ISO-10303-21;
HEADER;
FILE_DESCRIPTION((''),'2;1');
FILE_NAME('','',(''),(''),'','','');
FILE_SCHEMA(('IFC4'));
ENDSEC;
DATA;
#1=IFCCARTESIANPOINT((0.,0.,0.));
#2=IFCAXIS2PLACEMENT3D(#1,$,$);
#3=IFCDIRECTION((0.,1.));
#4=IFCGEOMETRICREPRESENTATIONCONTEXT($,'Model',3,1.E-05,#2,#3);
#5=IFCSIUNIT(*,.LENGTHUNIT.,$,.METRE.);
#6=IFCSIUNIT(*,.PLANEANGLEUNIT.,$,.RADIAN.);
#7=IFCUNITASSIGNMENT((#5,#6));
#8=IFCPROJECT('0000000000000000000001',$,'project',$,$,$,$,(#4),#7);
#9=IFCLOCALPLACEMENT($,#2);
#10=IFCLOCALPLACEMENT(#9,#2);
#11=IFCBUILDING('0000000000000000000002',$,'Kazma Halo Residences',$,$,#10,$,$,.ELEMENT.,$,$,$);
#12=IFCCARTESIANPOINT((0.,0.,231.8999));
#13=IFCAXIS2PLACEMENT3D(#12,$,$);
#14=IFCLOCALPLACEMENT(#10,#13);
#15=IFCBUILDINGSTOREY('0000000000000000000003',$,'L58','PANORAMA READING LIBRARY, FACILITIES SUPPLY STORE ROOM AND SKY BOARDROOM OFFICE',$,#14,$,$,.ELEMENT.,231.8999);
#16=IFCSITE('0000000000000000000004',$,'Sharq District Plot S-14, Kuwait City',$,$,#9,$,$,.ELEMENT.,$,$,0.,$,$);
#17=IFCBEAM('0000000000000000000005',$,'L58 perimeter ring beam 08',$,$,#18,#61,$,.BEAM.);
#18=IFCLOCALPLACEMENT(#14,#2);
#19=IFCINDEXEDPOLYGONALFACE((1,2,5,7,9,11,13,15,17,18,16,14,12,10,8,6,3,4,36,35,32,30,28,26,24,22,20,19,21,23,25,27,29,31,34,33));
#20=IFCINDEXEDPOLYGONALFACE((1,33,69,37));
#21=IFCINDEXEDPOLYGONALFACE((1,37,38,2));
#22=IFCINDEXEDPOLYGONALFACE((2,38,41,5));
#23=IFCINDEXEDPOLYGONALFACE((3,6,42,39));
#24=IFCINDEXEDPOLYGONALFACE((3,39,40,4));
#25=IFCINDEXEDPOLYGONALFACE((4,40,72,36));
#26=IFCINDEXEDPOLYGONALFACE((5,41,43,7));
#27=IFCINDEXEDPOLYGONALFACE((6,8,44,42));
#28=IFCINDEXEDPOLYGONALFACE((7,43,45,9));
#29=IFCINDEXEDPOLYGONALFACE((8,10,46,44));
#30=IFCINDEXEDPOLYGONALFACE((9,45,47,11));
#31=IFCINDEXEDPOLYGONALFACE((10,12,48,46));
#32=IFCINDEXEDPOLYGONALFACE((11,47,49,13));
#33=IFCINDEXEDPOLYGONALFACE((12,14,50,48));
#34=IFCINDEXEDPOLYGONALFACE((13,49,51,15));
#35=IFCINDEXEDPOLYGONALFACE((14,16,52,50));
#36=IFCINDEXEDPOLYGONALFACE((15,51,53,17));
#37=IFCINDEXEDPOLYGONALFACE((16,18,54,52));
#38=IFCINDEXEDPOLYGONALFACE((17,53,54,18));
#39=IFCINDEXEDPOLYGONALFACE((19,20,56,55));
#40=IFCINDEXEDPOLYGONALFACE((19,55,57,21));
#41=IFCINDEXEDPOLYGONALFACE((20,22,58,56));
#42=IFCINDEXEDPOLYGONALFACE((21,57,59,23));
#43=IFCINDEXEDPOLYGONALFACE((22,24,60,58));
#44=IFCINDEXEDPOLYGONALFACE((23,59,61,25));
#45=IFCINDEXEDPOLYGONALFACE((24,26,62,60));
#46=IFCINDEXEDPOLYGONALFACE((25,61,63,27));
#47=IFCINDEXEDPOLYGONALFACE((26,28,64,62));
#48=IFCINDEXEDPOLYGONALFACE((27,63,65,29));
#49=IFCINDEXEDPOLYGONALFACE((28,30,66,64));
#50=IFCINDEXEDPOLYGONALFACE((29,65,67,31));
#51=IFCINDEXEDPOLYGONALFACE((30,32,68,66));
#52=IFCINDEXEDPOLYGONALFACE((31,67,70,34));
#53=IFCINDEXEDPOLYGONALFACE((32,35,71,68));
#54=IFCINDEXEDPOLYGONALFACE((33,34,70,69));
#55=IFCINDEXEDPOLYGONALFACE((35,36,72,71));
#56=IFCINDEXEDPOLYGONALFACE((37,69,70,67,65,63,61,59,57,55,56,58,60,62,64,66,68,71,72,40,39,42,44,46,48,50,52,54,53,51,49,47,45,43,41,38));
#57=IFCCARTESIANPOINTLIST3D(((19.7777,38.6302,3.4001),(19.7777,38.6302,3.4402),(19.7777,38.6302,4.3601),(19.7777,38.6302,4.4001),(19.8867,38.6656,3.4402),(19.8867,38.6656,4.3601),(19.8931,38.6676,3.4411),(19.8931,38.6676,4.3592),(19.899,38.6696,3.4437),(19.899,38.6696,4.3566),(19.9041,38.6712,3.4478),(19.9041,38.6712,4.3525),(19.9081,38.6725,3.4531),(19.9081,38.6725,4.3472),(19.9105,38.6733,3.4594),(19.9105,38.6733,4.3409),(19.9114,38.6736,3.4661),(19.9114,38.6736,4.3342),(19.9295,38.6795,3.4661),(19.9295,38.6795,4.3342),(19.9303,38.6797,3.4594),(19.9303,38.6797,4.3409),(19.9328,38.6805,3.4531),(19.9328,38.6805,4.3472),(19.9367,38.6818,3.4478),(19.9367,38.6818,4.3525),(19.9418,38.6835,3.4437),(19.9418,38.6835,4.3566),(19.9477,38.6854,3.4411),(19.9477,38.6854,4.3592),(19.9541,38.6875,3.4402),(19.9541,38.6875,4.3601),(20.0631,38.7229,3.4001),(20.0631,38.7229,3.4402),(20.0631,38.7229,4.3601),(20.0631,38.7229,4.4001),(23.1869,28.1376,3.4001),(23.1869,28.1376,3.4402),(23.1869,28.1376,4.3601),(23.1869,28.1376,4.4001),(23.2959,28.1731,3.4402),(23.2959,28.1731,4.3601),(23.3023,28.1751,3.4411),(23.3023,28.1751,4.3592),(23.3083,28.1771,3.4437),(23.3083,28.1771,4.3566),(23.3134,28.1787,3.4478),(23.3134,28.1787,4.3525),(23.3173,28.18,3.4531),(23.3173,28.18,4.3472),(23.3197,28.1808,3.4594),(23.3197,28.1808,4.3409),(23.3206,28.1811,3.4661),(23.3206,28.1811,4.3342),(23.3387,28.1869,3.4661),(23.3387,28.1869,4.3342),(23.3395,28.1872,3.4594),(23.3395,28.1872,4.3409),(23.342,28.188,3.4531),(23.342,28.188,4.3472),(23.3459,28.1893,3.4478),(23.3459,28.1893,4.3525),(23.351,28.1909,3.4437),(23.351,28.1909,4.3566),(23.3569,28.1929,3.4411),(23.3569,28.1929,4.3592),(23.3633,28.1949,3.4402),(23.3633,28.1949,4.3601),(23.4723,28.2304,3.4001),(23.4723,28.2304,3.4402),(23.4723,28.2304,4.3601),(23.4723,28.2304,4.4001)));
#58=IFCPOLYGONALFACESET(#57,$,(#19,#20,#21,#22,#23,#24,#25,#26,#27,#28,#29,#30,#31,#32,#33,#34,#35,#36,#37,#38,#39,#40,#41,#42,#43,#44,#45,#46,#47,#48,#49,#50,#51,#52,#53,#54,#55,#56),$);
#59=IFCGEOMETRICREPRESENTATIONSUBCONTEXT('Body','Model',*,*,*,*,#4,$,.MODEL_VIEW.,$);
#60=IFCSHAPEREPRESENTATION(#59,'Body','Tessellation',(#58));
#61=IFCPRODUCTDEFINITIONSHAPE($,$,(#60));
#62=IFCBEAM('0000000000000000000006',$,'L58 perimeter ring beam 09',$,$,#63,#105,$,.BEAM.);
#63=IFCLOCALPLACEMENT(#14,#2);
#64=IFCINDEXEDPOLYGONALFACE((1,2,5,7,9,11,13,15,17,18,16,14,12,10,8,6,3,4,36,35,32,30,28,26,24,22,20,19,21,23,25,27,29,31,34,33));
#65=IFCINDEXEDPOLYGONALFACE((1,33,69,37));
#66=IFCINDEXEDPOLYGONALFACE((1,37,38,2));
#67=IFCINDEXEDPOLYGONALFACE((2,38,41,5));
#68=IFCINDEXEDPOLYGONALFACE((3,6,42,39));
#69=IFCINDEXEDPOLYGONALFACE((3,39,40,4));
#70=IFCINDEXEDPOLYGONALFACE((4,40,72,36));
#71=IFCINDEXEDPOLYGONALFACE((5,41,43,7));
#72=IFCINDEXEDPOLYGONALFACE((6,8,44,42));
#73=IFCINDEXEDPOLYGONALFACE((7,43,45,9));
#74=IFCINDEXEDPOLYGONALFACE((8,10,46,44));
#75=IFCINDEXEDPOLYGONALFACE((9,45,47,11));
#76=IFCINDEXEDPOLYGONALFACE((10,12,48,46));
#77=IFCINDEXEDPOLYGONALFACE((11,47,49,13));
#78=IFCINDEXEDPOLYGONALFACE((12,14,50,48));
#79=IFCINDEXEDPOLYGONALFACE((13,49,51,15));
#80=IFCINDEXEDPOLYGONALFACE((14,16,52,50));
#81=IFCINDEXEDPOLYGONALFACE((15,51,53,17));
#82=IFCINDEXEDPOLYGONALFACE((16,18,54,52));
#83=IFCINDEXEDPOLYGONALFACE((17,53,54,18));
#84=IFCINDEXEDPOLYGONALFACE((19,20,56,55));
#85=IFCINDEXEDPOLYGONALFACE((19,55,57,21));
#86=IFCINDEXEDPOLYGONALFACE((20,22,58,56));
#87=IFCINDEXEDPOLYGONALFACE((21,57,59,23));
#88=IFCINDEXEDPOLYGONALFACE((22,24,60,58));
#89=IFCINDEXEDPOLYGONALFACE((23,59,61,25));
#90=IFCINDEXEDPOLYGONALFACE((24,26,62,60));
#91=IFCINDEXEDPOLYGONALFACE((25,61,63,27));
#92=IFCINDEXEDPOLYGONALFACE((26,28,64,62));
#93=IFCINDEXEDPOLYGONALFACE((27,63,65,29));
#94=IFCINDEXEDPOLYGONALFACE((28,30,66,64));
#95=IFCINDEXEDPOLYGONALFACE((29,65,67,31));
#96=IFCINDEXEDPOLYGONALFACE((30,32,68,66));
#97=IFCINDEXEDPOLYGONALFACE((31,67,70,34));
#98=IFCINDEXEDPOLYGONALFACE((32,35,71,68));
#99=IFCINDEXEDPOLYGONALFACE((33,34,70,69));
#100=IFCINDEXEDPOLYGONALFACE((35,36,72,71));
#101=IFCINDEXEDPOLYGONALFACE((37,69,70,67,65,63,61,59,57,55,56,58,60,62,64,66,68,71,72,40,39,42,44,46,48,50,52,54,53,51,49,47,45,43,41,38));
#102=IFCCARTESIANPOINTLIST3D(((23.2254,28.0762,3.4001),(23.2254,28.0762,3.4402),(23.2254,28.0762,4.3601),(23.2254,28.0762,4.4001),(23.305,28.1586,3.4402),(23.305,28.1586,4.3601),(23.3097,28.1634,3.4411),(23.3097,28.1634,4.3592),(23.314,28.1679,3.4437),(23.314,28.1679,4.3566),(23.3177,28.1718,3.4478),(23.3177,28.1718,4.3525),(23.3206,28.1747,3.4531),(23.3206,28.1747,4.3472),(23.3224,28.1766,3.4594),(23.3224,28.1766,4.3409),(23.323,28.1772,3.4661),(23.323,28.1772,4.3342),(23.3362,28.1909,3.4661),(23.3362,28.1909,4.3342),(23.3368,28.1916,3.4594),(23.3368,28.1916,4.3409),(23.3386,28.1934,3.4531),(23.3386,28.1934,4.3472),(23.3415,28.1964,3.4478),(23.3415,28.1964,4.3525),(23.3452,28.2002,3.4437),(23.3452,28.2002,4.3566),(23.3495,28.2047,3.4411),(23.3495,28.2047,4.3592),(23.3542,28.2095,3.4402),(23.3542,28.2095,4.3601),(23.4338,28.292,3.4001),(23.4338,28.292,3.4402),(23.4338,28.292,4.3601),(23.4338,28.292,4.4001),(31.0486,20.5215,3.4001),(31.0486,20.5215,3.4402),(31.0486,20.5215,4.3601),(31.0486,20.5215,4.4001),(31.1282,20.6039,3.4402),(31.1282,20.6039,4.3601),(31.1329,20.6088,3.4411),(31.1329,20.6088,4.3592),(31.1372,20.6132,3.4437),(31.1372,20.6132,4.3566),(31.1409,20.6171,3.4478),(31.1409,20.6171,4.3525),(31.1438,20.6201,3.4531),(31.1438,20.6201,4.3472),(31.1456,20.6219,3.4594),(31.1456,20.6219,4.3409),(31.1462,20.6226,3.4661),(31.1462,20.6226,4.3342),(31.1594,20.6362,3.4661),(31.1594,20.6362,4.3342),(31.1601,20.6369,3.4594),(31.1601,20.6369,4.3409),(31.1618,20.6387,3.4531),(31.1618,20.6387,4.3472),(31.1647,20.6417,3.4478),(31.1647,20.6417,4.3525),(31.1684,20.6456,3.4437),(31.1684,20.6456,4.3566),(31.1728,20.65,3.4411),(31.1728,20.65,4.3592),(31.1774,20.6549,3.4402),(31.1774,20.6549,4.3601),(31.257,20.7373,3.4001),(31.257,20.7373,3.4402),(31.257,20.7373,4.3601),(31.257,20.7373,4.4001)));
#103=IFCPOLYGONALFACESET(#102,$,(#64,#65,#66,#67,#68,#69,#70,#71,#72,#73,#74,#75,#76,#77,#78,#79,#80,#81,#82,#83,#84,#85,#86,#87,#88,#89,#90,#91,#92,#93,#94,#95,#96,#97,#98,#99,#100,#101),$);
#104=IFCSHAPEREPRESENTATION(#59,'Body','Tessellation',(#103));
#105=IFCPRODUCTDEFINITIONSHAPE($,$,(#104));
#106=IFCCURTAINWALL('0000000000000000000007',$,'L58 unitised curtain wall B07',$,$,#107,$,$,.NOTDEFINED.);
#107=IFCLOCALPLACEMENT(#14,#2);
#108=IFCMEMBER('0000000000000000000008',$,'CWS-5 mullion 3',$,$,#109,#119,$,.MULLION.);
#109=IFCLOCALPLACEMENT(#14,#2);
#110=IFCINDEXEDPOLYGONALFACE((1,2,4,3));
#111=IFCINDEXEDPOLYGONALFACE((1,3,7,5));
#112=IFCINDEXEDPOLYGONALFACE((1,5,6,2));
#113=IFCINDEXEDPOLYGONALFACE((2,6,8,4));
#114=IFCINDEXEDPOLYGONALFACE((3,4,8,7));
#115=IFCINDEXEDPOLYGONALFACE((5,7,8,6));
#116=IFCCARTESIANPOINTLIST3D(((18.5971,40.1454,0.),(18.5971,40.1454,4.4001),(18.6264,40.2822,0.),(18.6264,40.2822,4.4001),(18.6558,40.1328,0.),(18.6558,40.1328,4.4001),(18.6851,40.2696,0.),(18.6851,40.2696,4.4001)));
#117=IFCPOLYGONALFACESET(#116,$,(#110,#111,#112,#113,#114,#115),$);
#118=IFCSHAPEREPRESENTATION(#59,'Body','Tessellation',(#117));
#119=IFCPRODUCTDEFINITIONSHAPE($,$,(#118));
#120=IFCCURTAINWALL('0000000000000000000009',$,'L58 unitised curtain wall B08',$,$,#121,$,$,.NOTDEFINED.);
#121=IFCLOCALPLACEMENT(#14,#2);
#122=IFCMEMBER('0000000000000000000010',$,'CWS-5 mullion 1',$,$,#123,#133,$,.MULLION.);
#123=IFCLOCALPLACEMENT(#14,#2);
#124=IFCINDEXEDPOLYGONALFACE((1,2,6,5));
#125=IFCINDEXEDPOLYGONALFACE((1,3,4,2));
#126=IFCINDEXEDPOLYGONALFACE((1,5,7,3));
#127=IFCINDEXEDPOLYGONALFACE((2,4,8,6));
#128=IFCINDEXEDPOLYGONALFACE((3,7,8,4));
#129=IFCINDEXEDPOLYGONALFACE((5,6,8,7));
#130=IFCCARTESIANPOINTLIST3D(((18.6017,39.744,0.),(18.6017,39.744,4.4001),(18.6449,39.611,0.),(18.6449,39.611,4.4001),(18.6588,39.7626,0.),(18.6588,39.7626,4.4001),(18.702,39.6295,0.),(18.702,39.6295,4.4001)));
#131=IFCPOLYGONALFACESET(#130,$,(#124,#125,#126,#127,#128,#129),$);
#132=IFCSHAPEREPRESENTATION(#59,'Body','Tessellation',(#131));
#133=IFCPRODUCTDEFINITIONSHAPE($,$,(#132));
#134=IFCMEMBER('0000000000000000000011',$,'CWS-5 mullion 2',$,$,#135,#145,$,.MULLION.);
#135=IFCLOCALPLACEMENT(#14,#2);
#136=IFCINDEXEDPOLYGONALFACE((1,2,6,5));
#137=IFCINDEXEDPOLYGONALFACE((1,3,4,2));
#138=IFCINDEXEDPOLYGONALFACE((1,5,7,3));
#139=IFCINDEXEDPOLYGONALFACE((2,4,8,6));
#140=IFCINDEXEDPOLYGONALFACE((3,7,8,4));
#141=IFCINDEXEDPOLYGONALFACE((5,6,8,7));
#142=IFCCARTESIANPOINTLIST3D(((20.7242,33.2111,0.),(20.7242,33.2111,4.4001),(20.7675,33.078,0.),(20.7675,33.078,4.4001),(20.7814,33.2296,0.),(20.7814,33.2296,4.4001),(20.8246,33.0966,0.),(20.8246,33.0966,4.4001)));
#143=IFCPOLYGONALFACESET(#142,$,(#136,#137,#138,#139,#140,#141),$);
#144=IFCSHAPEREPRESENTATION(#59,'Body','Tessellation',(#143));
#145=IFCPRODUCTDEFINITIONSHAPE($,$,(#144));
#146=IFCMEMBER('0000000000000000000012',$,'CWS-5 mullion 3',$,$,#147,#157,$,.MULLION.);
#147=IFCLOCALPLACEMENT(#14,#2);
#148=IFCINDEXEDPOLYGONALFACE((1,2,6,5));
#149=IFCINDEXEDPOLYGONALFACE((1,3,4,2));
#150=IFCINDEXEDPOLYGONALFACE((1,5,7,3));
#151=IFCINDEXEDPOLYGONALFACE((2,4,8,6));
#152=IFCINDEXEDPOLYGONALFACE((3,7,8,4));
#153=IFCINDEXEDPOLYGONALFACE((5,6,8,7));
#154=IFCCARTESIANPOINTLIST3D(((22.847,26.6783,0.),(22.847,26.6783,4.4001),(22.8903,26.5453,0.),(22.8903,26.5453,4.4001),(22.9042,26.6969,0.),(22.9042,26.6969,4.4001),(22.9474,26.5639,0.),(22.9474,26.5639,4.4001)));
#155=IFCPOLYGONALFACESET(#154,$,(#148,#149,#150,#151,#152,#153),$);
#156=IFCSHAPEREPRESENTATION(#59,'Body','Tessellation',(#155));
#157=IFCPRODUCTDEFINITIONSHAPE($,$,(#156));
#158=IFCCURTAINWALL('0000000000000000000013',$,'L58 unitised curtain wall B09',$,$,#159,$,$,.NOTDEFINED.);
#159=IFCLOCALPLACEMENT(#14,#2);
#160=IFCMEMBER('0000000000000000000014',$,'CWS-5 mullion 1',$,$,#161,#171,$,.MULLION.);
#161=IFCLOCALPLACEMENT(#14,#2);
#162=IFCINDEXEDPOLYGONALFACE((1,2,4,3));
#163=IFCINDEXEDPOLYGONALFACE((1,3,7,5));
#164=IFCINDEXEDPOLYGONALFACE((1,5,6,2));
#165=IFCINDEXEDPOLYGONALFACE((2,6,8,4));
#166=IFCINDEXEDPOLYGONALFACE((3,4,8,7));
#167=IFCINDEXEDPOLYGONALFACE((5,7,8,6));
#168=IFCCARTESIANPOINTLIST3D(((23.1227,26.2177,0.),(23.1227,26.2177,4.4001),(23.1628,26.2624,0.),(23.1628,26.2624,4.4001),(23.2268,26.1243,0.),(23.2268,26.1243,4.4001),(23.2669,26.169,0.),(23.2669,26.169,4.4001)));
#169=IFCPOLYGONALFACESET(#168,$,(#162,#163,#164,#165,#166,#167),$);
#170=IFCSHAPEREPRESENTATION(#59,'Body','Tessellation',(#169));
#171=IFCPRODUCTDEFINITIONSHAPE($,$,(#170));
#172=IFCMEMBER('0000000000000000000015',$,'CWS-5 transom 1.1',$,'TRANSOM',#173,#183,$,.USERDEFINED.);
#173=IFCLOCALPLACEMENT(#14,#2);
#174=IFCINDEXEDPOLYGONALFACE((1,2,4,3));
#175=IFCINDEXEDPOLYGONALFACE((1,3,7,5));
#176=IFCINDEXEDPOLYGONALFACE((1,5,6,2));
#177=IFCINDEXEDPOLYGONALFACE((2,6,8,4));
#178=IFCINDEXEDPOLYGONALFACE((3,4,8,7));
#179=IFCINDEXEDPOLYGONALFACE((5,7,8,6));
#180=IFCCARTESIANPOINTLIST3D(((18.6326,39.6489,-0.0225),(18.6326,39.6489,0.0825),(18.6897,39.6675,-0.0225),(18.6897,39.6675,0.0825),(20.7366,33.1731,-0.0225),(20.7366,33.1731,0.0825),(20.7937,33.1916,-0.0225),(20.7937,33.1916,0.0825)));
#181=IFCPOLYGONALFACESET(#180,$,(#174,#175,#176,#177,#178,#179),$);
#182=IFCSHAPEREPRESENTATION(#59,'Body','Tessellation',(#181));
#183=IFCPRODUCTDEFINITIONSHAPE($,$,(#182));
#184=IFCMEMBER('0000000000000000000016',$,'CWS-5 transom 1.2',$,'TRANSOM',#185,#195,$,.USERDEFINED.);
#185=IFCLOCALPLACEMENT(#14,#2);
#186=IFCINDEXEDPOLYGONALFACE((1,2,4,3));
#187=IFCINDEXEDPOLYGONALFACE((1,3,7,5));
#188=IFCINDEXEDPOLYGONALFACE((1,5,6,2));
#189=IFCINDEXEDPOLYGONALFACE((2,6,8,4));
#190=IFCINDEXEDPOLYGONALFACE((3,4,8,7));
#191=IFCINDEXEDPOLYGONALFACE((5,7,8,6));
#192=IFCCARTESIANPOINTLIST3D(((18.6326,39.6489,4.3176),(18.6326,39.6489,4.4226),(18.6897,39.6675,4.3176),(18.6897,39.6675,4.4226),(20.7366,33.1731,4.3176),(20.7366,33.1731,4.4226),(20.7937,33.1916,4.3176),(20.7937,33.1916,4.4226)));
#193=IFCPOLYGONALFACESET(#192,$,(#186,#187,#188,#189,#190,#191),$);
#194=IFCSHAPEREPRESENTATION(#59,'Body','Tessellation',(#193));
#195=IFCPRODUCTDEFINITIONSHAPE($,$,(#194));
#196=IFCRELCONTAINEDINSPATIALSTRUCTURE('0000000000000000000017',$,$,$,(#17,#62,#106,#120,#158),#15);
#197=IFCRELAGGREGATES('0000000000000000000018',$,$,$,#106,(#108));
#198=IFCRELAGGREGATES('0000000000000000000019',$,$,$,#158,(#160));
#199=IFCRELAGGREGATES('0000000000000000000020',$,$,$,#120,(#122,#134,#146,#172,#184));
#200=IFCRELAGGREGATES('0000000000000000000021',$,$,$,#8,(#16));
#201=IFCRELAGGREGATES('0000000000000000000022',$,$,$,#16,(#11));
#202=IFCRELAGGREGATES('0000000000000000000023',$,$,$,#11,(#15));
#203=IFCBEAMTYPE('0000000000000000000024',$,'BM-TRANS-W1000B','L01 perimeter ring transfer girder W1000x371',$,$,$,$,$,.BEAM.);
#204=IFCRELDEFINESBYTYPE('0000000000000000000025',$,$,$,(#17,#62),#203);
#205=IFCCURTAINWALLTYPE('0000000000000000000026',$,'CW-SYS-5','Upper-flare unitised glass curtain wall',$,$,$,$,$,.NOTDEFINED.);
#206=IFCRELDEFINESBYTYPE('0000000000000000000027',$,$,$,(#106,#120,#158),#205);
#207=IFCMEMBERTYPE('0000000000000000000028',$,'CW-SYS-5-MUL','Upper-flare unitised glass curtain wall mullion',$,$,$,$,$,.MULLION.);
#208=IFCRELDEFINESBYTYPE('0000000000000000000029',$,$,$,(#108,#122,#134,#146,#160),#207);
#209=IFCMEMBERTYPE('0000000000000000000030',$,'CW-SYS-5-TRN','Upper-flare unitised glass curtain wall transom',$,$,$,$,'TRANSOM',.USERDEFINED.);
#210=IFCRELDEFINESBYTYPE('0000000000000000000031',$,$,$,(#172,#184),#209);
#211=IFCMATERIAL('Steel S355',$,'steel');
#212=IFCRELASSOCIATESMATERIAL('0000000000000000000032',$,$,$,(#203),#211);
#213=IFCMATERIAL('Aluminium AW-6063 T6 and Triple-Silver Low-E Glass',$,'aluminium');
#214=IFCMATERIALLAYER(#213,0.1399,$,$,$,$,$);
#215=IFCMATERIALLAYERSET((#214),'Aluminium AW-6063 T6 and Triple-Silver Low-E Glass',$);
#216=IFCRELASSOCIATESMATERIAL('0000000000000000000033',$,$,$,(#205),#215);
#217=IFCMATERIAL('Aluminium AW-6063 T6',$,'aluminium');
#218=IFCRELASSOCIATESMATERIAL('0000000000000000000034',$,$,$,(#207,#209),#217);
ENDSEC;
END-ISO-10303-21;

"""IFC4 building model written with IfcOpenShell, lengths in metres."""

from ifc_helpers import new_model, si_unit, direction, frame, origin, origin_2d, place, context, subcontext, project, spatial, rectangle, i_section, extrude, material, layer, layer_set, material_profile, profile_set, type_object, element, aggregate, save


model = new_model("IFC4")

# Units and contexts
model_context = context("Model", 3, precision=1e-05, world=origin(), true_north=direction((0.0, 1.0)))
body_context = subcontext(model_context, "Body", "Model", "MODEL_VIEW")
ifc_project = project(units=[si_unit("LENGTHUNIT", "METRE"), si_unit("PLANEANGLEUNIT", "RADIAN")], contexts=[model_context])

# Site, building, storey
site_placement = place(None, origin())
site = spatial("IfcSite", under=ifc_project, at=site_placement, Name="Sharq District Plot S-14, Kuwait City", CompositionType="ELEMENT", RefElevation=0.0)
building_placement = place(site_placement, origin())
building = spatial("IfcBuilding", under=site, at=building_placement, Name="Kazma Halo Residences", CompositionType="ELEMENT")
storey_placement = place(building_placement, frame((0.0, 0.0, 231.8999)))
storey = spatial("IfcBuildingStorey", under=building, at=storey_placement, Name="L58", Description="PANORAMA READING LIBRARY, FACILITIES SUPPLY STORE ROOM AND SKY BOARDROOM OFFICE", CompositionType="ELEMENT", Elevation=231.8999)

# Beams
ifc_material_1 = material(Name="Steel S355", Category="steel")
ifc_material_profile_1 = material_profile(ifc_material_1, i_section(OverallWidth=0.3, OverallDepth=1.0, WebThickness=0.019, FlangeThickness=0.04, FilletRadius=0.0259, at=origin_2d()), Name="W1000x371")
ifc_profile_set_1 = profile_set([ifc_material_profile_1], Name="Steel S355")
beam_type_1 = type_object("IfcBeamType", Name="BM-TRANS-W1000B", Description="L01 perimeter ring transfer girder W1000x371", PredefinedType="BEAM", material=ifc_profile_set_1)
beam_1_placement = place(storey_placement, frame((19.9204, 38.6765, 3.9001), z_axis=(0.309016, -0.951057, 0.0), x_axis=(0.951057, 0.309016, 0.0)))
element("IfcBeam", 1, at=beam_1_placement, inside=storey, type_object=beam_type_1, Name="L58 perimeter ring beam 08", PredefinedType="BEAM", context=body_context, shape_type="SweptSolid", body=[
    extrude(i_section(OverallWidth=0.3, OverallDepth=1.0, WebThickness=0.019, FlangeThickness=0.04, FilletRadius=0.0259, at=origin_2d()), origin(), (0.0, 0.0, 1.0), 11.0325),
])
beam_2_placement = place(storey_placement, frame((23.3296, 28.1841, 3.9001), z_axis=(0.719346, -0.694652, 0.0), x_axis=(0.694652, 0.719346, 0.0)))
element("IfcBeam", 2, at=beam_2_placement, inside=storey, type_object=beam_type_1, Name="L58 perimeter ring beam 09", PredefinedType="BEAM", context=body_context, shape_type="SweptSolid", body=[
    extrude(i_section(OverallWidth=0.3, OverallDepth=1.0, WebThickness=0.019, FlangeThickness=0.04, FilletRadius=0.0259, at=origin_2d()), origin(), (0.0, 0.0, 1.0), 10.8755),
])

# Curtain wall, member
ifc_material_2 = material(Name="Aluminium AW-6063 T6 and Triple-Silver Low-E Glass", Category="aluminium")
ifc_layer_1 = layer(ifc_material_2, 0.1399)
ifc_layer_set_1 = layer_set([ifc_layer_1], Name="Aluminium AW-6063 T6 and Triple-Silver Low-E Glass")
curtain_wall_type = type_object("IfcCurtainWallType", Name="CW-SYS-5", Description="Upper-flare unitised glass curtain wall", PredefinedType="NOTDEFINED", material=ifc_layer_set_1)
curtain_wall_1_placement = place(storey_placement, origin())
curtain_wall_1 = element("IfcCurtainWall", 3, at=curtain_wall_1_placement, inside=storey, type_object=curtain_wall_type, Name="L58 unitised curtain wall B07", PredefinedType="NOTDEFINED")
ifc_material_3 = material(Name="Aluminium AW-6063 T6", Category="aluminium")
ifc_material_profile_2 = material_profile(ifc_material_3, rectangle(XDim=0.0601, YDim=0.1399, at=origin_2d()), Name="CWM-60x140")
ifc_profile_set_2 = profile_set([ifc_material_profile_2], Name="Aluminium AW-6063 T6")
member_type_1 = type_object("IfcMemberType", Name="CW-SYS-5-MUL", Description="Upper-flare unitised glass curtain wall mullion", PredefinedType="MULLION", material=ifc_profile_set_2)
member_1_placement = place(storey_placement, frame((18.6411, 40.2075, 0.0), z_axis=(0.0, 0.0, 1.0), x_axis=(0.977773, -0.209668, 0.0)))
member_1 = element("IfcMember", 4, at=member_1_placement, type_object=member_type_1, Name="CWS-5 mullion 3", PredefinedType="MULLION", context=body_context, shape_type="SweptSolid", body=[
    extrude(rectangle(XDim=0.0601, YDim=0.1399, at=origin_2d()), origin(), (0.0, 0.0, 1.0), 4.4001),
])
aggregate(curtain_wall_1, [member_1])

# Curtain wall, members
curtain_wall_2_placement = place(storey_placement, origin())
curtain_wall_2 = element("IfcCurtainWall", 5, at=curtain_wall_2_placement, inside=storey, type_object=curtain_wall_type, Name="L58 unitised curtain wall B08", PredefinedType="NOTDEFINED")
member_2_placement = place(storey_placement, frame((18.6519, 39.6868, 0.0), z_axis=(0.0, 0.0, 1.0), x_axis=(0.951056, 0.30902, 0.0)))
member_2 = element("IfcMember", 6, at=member_2_placement, type_object=member_type_1, Name="CWS-5 mullion 1", PredefinedType="MULLION", context=body_context, shape_type="SweptSolid", body=[
    extrude(rectangle(XDim=0.0601, YDim=0.1399, at=origin_2d()), origin(), (0.0, 0.0, 1.0), 4.4001),
])
member_3_placement = place(storey_placement, frame((20.7744, 33.1538, 0.0), z_axis=(0.0, 0.0, 1.0), x_axis=(0.951056, 0.30902, 0.0)))
member_3 = element("IfcMember", 7, at=member_3_placement, type_object=member_type_1, Name="CWS-5 mullion 2", PredefinedType="MULLION", context=body_context, shape_type="SweptSolid", body=[
    extrude(rectangle(XDim=0.0601, YDim=0.1399, at=origin_2d()), origin(), (0.0, 0.0, 1.0), 4.4001),
])
member_4_placement = place(storey_placement, frame((22.8972, 26.6211, 0.0), z_axis=(0.0, 0.0, 1.0), x_axis=(0.951056, 0.30902, 0.0)))
member_4 = element("IfcMember", 8, at=member_4_placement, type_object=member_type_1, Name="CWS-5 mullion 3", PredefinedType="MULLION", context=body_context, shape_type="SweptSolid", body=[
    extrude(rectangle(XDim=0.0601, YDim=0.1399, at=origin_2d()), origin(), (0.0, 0.0, 1.0), 4.4001),
])

# Curtain wall, member
curtain_wall_3_placement = place(storey_placement, origin())
curtain_wall_3 = element("IfcCurtainWall", 9, at=curtain_wall_3_placement, inside=storey, type_object=curtain_wall_type, Name="L58 unitised curtain wall B09", PredefinedType="NOTDEFINED")
member_5_placement = place(storey_placement, frame((23.1948, 26.1934, 0.0), z_axis=(0.0, 0.0, 1.0), x_axis=(0.6678, 0.74434, 0.0)))
member_5 = element("IfcMember", 10, at=member_5_placement, type_object=member_type_1, Name="CWS-5 mullion 1", PredefinedType="MULLION", context=body_context, shape_type="SweptSolid", body=[
    extrude(rectangle(XDim=0.0601, YDim=0.1399, at=origin_2d()), origin(), (0.0, 0.0, 1.0), 4.4001),
])
aggregate(curtain_wall_3, [member_5])

# Members
ifc_material_profile_3 = material_profile(ifc_material_3, rectangle(XDim=0.0601, YDim=0.105, at=origin_2d()), Name="CWT-60x105")
ifc_profile_set_3 = profile_set([ifc_material_profile_3], Name="Aluminium AW-6063 T6")
member_type_2 = type_object("IfcMemberType", Name="CW-SYS-5-TRN", Description="Upper-flare unitised glass curtain wall transom", ElementType="TRANSOM", PredefinedType="USERDEFINED", material=ifc_profile_set_3)
member_6_placement = place(storey_placement, frame((18.6611, 39.6582, 0.03), z_axis=(0.309001, -0.951062, 0.0), x_axis=(0.951062, 0.309001, 0.0)))
member_6 = element("IfcMember", 11, at=member_6_placement, type_object=member_type_2, Name="CWS-5 transom 1.1", ObjectType="TRANSOM", PredefinedType="USERDEFINED", context=body_context, shape_type="SweptSolid", body=[
    extrude(rectangle(XDim=0.0601, YDim=0.105, at=origin_2d()), origin(), (0.0, 0.0, 1.0), 6.8091),
])
member_7_placement = place(storey_placement, frame((18.6611, 39.6582, 4.3701), z_axis=(0.309001, -0.951062, 0.0), x_axis=(0.951062, 0.309001, 0.0)))
member_7 = element("IfcMember", 12, at=member_7_placement, type_object=member_type_2, Name="CWS-5 transom 1.2", ObjectType="TRANSOM", PredefinedType="USERDEFINED", context=body_context, shape_type="SweptSolid", body=[
    extrude(rectangle(XDim=0.0601, YDim=0.105, at=origin_2d()), origin(), (0.0, 0.0, 1.0), 6.8091),
])

aggregate(curtain_wall_2, [member_2, member_3, member_4, member_6, member_7])

save(model, "model.ifc")
